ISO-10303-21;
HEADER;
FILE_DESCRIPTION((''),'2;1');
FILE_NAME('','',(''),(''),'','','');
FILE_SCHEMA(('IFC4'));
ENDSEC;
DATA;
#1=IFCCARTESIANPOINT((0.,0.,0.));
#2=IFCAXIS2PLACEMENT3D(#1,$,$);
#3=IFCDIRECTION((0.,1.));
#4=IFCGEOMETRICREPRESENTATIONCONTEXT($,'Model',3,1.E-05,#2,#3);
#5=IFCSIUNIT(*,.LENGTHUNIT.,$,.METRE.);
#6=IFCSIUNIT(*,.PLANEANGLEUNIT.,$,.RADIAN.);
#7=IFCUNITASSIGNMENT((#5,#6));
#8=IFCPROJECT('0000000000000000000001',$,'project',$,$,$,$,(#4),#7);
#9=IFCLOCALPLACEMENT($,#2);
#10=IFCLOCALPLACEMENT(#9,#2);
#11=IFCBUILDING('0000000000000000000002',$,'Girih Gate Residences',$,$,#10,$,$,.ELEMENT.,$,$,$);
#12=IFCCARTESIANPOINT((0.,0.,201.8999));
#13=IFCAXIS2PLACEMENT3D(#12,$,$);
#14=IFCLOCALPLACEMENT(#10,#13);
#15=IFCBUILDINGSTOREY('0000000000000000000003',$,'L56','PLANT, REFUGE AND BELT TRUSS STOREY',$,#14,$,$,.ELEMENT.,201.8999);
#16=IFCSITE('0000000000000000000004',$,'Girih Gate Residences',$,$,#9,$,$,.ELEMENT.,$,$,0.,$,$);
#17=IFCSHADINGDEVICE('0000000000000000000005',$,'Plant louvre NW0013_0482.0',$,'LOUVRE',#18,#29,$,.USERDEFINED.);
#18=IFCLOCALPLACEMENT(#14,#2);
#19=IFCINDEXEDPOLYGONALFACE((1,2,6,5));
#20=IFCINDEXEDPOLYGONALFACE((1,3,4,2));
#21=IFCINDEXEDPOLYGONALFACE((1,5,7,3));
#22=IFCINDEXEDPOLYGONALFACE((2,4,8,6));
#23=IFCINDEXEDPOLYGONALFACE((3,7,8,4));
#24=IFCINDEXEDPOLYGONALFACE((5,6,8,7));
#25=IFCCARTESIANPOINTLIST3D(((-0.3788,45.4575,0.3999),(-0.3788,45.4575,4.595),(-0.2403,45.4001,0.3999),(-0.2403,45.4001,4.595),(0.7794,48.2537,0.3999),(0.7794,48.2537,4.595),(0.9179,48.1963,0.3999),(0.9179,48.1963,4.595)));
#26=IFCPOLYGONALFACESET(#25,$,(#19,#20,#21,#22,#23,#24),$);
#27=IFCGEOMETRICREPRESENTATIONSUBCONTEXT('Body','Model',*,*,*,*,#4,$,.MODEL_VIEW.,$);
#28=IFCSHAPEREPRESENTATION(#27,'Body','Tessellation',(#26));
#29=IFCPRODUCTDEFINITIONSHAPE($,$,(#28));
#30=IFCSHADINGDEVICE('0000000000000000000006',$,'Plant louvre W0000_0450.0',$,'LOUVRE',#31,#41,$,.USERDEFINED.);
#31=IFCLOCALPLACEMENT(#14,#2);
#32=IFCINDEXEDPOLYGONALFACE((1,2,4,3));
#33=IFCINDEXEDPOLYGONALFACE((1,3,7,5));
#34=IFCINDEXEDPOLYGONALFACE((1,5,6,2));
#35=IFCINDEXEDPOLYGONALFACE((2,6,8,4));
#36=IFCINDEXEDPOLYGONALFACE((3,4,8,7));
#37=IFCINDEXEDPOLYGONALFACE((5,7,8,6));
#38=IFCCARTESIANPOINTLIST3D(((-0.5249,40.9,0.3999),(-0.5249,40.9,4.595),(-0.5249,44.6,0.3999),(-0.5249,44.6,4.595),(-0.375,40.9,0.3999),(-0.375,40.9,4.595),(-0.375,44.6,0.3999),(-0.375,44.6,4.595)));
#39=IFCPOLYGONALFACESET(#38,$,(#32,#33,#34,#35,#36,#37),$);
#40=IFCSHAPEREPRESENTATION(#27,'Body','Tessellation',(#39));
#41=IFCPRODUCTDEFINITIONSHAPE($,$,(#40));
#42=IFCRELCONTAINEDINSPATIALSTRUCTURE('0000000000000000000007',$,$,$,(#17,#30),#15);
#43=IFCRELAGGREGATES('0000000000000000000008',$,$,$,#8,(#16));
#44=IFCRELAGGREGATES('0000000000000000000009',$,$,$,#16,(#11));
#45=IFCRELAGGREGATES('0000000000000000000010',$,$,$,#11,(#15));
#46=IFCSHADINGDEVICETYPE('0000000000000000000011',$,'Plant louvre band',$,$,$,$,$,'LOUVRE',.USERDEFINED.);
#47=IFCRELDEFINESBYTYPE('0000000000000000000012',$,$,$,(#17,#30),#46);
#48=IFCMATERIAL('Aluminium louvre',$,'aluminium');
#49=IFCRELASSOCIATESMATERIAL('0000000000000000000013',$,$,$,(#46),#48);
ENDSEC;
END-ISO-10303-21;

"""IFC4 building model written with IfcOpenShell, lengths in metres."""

from ifc_helpers import new_model, si_unit, direction, frame, origin, origin_2d, place, context, subcontext, project, spatial, rectangle, extrude, material, type_object, element, save


model = new_model("IFC4")

# Units and contexts
model_context = context("Model", 3, precision=1e-05, world=origin(), true_north=direction((0.0, 1.0)))
body_context = subcontext(model_context, "Body", "Model", "MODEL_VIEW")
ifc_project = project(units=[si_unit("LENGTHUNIT", "METRE"), si_unit("PLANEANGLEUNIT", "RADIAN")], contexts=[model_context])

# Site, building, storey
site_placement = place(None, origin())
site = spatial("IfcSite", under=ifc_project, at=site_placement, Name="Girih Gate Residences", CompositionType="ELEMENT", RefElevation=0.0)
building_placement = place(site_placement, origin())
building = spatial("IfcBuilding", under=site, at=building_placement, Name="Girih Gate Residences", CompositionType="ELEMENT")
storey_placement = place(building_placement, frame((0.0, 0.0, 201.8999)))
storey = spatial("IfcBuildingStorey", under=building, at=storey_placement, Name="L56", Description="PLANT, REFUGE AND BELT TRUSS STOREY", CompositionType="ELEMENT", Elevation=201.8999)

# Shading devices
ifc_material_1 = material(Name="Aluminium louvre", Category="aluminium")
shading_device_type = type_object("IfcShadingDeviceType", Name="Plant louvre band", ElementType="LOUVRE", PredefinedType="USERDEFINED", material=ifc_material_1)
for number, where, z_axis, x_axis, name in (
    (1, (0.2695, 46.8269, 0.3999), (0.0, 0.0, 1.0), (-0.382683, -0.92388, 0.0), "Plant louvre NW0013_0482.0"),
):
    element("IfcShadingDevice", number, at=place(storey_placement, frame(where, z_axis=z_axis, x_axis=x_axis)), inside=storey, type_object=shading_device_type, Name=name, ObjectType="LOUVRE", PredefinedType="USERDEFINED", context=body_context, shape_type="SweptSolid", body=[
        extrude(rectangle(XDim=3.0266, YDim=0.1499, at=origin_2d()), origin(), (0.0, 0.0, 1.0), 4.1951),
    ])
shading_device_placement = place(storey_placement, frame((-0.45, 42.75, 0.3999), z_axis=(0.0, 0.0, 1.0), x_axis=(0.0, -1.0, 0.0)))
element("IfcShadingDevice", 2, at=shading_device_placement, inside=storey, type_object=shading_device_type, Name="Plant louvre W0000_0450.0", ObjectType="LOUVRE", PredefinedType="USERDEFINED", context=body_context, shape_type="SweptSolid", body=[
    extrude(rectangle(XDim=3.7, YDim=0.1499, at=origin_2d()), origin(), (0.0, 0.0, 1.0), 4.1951),
])

save(model, "model.ifc")
